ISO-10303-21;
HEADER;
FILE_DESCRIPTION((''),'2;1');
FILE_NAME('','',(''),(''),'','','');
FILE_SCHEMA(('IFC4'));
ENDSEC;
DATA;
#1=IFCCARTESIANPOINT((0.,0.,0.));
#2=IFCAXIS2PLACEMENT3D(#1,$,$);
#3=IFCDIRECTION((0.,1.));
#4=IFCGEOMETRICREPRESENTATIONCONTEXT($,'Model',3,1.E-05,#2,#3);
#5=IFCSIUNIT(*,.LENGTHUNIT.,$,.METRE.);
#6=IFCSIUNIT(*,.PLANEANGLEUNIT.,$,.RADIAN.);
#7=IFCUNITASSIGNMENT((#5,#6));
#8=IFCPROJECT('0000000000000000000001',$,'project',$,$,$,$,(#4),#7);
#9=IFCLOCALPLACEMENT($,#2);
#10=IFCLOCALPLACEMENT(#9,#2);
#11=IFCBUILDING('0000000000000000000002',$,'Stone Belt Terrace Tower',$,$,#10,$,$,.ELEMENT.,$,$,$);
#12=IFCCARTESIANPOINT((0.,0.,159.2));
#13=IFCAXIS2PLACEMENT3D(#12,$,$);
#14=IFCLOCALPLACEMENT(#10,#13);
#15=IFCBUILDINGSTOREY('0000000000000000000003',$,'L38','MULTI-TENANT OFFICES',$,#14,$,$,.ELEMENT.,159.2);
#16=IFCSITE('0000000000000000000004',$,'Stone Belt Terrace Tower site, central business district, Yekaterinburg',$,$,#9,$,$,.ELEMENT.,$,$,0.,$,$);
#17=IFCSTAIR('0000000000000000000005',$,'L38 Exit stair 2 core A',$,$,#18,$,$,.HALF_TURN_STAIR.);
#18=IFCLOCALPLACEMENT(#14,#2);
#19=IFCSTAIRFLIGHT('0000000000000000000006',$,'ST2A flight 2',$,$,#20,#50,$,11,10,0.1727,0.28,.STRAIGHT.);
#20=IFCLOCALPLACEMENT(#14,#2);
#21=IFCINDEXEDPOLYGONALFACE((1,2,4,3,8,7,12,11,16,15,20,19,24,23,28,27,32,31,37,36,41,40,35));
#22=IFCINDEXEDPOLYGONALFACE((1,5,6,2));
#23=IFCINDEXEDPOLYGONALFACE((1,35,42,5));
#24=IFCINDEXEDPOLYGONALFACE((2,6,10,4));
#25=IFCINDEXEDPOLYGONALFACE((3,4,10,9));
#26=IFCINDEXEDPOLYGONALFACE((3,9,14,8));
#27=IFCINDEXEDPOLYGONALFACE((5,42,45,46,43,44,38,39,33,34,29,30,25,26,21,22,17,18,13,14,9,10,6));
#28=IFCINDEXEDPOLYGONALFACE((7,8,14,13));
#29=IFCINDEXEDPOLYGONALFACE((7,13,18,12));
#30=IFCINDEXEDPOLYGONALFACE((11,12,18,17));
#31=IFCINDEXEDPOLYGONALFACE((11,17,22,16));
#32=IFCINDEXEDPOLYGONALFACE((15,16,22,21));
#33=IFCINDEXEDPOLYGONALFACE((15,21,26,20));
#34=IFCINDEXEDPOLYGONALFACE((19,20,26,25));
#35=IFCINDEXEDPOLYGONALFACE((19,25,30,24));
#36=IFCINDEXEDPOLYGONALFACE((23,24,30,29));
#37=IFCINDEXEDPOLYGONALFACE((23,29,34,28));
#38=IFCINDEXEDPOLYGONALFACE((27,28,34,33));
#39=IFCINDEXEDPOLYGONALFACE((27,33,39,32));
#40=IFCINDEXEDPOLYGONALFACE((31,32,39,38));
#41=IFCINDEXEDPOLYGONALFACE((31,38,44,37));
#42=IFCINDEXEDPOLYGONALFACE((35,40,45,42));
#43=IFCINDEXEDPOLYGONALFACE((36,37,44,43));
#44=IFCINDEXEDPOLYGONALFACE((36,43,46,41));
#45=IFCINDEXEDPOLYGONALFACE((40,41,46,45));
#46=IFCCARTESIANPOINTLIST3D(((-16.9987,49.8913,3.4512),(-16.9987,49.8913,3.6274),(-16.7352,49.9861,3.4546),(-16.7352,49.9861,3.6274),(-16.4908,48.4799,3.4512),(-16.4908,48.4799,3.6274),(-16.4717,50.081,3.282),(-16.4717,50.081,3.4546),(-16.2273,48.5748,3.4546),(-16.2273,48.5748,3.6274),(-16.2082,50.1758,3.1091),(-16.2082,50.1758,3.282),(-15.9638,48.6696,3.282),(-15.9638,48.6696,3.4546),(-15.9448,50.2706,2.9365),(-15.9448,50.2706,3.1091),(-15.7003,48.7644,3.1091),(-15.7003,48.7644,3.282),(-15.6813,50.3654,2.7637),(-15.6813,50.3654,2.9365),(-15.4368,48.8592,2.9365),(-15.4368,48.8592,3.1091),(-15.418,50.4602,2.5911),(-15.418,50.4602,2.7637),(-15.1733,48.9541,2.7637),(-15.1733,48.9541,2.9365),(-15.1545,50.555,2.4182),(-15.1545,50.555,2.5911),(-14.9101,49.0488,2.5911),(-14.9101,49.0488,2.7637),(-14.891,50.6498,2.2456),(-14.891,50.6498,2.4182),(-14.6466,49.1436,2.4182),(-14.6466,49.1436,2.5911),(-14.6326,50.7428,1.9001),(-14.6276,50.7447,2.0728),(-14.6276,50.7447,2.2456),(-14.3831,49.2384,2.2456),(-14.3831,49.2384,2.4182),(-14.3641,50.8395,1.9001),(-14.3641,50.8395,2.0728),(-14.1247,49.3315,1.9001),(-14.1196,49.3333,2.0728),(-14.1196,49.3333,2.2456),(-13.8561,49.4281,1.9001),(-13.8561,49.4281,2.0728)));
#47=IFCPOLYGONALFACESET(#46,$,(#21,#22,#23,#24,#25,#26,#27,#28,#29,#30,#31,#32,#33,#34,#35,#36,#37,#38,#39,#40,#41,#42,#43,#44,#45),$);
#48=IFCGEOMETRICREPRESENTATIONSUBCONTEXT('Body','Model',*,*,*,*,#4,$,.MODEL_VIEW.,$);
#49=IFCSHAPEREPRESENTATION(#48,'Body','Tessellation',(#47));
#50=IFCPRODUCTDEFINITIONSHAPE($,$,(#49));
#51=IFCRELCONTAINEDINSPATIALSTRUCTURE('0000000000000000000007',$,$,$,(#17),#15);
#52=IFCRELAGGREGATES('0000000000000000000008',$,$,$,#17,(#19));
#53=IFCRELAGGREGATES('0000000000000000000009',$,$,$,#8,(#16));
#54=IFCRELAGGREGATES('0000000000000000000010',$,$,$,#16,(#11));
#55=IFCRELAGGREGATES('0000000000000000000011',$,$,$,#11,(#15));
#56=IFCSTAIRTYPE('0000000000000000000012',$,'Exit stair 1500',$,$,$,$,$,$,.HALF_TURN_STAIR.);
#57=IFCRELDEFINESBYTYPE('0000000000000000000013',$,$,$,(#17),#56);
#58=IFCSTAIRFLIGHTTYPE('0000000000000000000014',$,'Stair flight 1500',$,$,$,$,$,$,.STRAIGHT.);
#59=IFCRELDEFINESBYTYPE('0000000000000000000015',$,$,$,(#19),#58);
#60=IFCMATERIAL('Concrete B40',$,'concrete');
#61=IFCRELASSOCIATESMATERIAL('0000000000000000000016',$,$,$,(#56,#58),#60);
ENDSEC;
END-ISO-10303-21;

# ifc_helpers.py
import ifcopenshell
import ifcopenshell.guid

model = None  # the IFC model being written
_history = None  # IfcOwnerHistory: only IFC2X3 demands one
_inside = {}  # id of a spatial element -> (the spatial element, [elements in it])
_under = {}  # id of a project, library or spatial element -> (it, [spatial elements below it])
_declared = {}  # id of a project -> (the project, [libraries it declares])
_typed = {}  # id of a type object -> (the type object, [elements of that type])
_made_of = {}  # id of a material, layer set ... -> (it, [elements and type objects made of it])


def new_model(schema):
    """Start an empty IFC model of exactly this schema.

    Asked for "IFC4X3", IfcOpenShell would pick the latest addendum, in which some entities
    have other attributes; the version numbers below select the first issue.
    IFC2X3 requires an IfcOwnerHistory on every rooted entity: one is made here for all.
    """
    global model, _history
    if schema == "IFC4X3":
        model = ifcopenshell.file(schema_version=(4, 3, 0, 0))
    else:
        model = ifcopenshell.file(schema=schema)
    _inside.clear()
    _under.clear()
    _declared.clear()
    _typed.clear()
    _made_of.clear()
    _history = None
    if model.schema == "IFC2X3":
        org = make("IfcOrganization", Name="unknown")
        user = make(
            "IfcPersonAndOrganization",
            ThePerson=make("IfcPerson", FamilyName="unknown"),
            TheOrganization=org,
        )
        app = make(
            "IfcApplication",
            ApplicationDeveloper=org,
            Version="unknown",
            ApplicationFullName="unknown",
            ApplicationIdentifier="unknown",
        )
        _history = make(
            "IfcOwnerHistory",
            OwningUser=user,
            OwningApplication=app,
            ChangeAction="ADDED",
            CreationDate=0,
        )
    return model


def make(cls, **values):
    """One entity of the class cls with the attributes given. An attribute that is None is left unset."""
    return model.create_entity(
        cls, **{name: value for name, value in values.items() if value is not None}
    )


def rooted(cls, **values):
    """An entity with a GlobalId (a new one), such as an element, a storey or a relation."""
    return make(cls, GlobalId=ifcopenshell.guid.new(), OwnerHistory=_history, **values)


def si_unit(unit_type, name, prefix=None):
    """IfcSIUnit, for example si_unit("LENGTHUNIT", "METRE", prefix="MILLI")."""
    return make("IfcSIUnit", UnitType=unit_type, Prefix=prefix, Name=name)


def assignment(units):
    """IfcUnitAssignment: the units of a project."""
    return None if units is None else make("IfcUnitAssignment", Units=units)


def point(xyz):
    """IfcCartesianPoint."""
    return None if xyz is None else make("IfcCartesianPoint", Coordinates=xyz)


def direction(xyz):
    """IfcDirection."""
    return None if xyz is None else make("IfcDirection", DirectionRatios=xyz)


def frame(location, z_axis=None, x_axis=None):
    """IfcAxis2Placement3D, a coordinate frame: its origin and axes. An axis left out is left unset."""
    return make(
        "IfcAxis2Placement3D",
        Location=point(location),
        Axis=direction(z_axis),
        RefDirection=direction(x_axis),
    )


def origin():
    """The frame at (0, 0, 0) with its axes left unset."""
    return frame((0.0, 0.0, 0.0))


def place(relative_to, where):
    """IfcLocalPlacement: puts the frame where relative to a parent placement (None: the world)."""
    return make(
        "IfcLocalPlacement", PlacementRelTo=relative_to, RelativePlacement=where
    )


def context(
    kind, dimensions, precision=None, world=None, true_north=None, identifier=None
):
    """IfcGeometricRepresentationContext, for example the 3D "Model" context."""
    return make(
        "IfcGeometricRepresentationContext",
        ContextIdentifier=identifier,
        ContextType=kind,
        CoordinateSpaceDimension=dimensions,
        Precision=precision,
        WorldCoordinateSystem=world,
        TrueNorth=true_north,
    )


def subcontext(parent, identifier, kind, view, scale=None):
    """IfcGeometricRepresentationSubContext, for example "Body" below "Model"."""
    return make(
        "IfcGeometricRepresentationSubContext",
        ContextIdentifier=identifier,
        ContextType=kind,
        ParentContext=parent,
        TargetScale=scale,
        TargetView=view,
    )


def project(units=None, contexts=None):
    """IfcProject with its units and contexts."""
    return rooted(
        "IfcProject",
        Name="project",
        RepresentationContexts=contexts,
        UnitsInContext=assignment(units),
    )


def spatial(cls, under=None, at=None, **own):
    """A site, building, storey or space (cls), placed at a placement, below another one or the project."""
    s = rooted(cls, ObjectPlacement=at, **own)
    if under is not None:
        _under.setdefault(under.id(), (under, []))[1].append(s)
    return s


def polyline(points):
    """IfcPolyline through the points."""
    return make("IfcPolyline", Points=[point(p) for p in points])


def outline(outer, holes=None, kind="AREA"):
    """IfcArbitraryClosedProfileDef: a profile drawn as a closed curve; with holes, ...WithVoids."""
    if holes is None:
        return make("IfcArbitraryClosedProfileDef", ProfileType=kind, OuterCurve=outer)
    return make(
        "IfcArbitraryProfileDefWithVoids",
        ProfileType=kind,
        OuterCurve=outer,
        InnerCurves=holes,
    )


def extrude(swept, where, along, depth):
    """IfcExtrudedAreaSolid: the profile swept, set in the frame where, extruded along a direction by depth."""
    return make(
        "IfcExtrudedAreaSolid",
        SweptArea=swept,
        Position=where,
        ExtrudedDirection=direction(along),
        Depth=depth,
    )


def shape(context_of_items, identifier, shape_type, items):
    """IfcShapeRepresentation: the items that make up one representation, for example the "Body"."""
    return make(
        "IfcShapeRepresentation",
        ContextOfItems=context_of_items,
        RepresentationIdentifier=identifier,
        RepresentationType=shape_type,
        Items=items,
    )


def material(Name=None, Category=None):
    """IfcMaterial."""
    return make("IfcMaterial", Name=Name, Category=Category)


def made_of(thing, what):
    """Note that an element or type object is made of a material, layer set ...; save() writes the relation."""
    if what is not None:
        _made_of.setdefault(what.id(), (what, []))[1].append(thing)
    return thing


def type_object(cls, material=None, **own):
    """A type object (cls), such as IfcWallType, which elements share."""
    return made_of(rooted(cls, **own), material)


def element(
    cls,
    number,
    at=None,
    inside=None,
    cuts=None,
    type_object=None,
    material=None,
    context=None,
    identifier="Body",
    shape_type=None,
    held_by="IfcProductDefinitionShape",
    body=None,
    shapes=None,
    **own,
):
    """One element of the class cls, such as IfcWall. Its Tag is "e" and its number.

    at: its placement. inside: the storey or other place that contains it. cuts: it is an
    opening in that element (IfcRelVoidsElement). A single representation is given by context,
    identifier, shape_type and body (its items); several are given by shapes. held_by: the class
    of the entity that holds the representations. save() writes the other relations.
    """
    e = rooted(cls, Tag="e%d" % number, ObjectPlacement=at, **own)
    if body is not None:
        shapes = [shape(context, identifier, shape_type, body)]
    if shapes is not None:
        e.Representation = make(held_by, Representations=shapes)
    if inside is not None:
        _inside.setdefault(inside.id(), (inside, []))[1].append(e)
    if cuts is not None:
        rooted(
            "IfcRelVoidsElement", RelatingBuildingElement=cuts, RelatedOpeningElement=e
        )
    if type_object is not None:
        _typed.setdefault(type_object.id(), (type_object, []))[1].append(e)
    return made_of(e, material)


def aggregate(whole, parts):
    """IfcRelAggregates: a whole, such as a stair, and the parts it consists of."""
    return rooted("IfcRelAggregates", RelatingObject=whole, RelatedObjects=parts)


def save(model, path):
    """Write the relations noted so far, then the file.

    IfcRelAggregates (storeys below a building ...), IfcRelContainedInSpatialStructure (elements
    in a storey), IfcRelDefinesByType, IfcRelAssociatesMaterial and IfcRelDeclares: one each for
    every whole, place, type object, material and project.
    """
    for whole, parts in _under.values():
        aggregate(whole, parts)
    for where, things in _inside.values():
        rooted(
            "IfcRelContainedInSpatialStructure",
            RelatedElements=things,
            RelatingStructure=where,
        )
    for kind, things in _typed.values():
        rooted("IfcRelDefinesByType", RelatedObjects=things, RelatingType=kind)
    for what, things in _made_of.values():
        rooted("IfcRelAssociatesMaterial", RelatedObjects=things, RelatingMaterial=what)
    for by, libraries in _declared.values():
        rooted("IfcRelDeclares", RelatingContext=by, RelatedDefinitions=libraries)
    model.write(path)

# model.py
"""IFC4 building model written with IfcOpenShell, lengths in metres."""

from ifc_helpers import new_model, si_unit, direction, frame, origin, place, context, subcontext, project, spatial, polyline, outline, extrude, material, type_object, element, aggregate, save


model = new_model("IFC4")

# Units and contexts
model_context = context("Model", 3, precision=1e-05, world=origin(), true_north=direction((0.0, 1.0)))
body_context = subcontext(model_context, "Body", "Model", "MODEL_VIEW")
ifc_project = project(units=[si_unit("LENGTHUNIT", "METRE"), si_unit("PLANEANGLEUNIT", "RADIAN")], contexts=[model_context])

# Site, building, storey
site_placement = place(None, origin())
site = spatial("IfcSite", under=ifc_project, at=site_placement, Name="Stone Belt Terrace Tower site, central business district, Yekaterinburg", CompositionType="ELEMENT", RefElevation=0.0)
building_placement = place(site_placement, origin())
building = spatial("IfcBuilding", under=site, at=building_placement, Name="Stone Belt Terrace Tower", CompositionType="ELEMENT")
storey_placement = place(building_placement, frame((0.0, 0.0, 159.2)))
storey = spatial("IfcBuildingStorey", under=building, at=storey_placement, Name="L38", Description="MULTI-TENANT OFFICES", CompositionType="ELEMENT", Elevation=159.2)

# Stair, stair flight
ifc_material_1 = material(Name="Concrete B40", Category="concrete")
stair_type = type_object("IfcStairType", Name="Exit stair 1500", PredefinedType="HALF_TURN_STAIR", material=ifc_material_1)
stair_placement = place(storey_placement, origin())
stair = element("IfcStair", 1, at=stair_placement, inside=storey, type_object=stair_type, Name="L38 Exit stair 2 core A", PredefinedType="HALF_TURN_STAIR")
stair_flight_type = type_object("IfcStairFlightType", Name="Stair flight 1500", PredefinedType="STRAIGHT", material=ifc_material_1)
stair_flight_1_placement = place(storey_placement, frame((-14.1101, 50.1338, 1.9001), z_axis=(0.0, 0.0, 1.0), x_axis=(-0.940922, -0.338624, 0.0)))
stair_flight_1 = element("IfcStairFlight", 2, at=stair_flight_1_placement, type_object=stair_flight_type, Name="ST2A flight 2", NumberOfRisers=11, NumberOfTreads=10, PredefinedType="STRAIGHT", RiserHeight=0.1727, TreadLength=0.28, context=body_context, shape_type="SweptSolid", body=[
    extrude(outline(polyline([(0.0, 0.0), (0.0, 0.1726), (0.28, 0.1726), (0.28, 0.3455), (0.5601, 0.3455), (0.5601, 0.5181), (0.8401, 0.5181), (0.8401, 0.6909), (1.1201, 0.6909), (1.1201, 0.8635), (1.3999, 0.8635), (1.3999, 1.0364), (1.6799, 1.0364), (1.6799, 1.209), (1.96, 1.209), (1.96, 1.3818), (2.24, 1.3818), (2.24, 1.5544), (2.52, 1.5544), (2.52, 1.7273), (2.8, 1.7273), (2.8, 1.8999), (2.8, 1.551), (0.2854, 0.0), (0.0, 0.0)])), frame((0.0, 0.75, 0.0), z_axis=(0.0, -1.0, 0.0), x_axis=(1.0, 0.0, 0.0)), (0.0, 0.0, 1.0), 1.5),
])
aggregate(stair, [stair_flight_1])

save(model, "model.ifc")
